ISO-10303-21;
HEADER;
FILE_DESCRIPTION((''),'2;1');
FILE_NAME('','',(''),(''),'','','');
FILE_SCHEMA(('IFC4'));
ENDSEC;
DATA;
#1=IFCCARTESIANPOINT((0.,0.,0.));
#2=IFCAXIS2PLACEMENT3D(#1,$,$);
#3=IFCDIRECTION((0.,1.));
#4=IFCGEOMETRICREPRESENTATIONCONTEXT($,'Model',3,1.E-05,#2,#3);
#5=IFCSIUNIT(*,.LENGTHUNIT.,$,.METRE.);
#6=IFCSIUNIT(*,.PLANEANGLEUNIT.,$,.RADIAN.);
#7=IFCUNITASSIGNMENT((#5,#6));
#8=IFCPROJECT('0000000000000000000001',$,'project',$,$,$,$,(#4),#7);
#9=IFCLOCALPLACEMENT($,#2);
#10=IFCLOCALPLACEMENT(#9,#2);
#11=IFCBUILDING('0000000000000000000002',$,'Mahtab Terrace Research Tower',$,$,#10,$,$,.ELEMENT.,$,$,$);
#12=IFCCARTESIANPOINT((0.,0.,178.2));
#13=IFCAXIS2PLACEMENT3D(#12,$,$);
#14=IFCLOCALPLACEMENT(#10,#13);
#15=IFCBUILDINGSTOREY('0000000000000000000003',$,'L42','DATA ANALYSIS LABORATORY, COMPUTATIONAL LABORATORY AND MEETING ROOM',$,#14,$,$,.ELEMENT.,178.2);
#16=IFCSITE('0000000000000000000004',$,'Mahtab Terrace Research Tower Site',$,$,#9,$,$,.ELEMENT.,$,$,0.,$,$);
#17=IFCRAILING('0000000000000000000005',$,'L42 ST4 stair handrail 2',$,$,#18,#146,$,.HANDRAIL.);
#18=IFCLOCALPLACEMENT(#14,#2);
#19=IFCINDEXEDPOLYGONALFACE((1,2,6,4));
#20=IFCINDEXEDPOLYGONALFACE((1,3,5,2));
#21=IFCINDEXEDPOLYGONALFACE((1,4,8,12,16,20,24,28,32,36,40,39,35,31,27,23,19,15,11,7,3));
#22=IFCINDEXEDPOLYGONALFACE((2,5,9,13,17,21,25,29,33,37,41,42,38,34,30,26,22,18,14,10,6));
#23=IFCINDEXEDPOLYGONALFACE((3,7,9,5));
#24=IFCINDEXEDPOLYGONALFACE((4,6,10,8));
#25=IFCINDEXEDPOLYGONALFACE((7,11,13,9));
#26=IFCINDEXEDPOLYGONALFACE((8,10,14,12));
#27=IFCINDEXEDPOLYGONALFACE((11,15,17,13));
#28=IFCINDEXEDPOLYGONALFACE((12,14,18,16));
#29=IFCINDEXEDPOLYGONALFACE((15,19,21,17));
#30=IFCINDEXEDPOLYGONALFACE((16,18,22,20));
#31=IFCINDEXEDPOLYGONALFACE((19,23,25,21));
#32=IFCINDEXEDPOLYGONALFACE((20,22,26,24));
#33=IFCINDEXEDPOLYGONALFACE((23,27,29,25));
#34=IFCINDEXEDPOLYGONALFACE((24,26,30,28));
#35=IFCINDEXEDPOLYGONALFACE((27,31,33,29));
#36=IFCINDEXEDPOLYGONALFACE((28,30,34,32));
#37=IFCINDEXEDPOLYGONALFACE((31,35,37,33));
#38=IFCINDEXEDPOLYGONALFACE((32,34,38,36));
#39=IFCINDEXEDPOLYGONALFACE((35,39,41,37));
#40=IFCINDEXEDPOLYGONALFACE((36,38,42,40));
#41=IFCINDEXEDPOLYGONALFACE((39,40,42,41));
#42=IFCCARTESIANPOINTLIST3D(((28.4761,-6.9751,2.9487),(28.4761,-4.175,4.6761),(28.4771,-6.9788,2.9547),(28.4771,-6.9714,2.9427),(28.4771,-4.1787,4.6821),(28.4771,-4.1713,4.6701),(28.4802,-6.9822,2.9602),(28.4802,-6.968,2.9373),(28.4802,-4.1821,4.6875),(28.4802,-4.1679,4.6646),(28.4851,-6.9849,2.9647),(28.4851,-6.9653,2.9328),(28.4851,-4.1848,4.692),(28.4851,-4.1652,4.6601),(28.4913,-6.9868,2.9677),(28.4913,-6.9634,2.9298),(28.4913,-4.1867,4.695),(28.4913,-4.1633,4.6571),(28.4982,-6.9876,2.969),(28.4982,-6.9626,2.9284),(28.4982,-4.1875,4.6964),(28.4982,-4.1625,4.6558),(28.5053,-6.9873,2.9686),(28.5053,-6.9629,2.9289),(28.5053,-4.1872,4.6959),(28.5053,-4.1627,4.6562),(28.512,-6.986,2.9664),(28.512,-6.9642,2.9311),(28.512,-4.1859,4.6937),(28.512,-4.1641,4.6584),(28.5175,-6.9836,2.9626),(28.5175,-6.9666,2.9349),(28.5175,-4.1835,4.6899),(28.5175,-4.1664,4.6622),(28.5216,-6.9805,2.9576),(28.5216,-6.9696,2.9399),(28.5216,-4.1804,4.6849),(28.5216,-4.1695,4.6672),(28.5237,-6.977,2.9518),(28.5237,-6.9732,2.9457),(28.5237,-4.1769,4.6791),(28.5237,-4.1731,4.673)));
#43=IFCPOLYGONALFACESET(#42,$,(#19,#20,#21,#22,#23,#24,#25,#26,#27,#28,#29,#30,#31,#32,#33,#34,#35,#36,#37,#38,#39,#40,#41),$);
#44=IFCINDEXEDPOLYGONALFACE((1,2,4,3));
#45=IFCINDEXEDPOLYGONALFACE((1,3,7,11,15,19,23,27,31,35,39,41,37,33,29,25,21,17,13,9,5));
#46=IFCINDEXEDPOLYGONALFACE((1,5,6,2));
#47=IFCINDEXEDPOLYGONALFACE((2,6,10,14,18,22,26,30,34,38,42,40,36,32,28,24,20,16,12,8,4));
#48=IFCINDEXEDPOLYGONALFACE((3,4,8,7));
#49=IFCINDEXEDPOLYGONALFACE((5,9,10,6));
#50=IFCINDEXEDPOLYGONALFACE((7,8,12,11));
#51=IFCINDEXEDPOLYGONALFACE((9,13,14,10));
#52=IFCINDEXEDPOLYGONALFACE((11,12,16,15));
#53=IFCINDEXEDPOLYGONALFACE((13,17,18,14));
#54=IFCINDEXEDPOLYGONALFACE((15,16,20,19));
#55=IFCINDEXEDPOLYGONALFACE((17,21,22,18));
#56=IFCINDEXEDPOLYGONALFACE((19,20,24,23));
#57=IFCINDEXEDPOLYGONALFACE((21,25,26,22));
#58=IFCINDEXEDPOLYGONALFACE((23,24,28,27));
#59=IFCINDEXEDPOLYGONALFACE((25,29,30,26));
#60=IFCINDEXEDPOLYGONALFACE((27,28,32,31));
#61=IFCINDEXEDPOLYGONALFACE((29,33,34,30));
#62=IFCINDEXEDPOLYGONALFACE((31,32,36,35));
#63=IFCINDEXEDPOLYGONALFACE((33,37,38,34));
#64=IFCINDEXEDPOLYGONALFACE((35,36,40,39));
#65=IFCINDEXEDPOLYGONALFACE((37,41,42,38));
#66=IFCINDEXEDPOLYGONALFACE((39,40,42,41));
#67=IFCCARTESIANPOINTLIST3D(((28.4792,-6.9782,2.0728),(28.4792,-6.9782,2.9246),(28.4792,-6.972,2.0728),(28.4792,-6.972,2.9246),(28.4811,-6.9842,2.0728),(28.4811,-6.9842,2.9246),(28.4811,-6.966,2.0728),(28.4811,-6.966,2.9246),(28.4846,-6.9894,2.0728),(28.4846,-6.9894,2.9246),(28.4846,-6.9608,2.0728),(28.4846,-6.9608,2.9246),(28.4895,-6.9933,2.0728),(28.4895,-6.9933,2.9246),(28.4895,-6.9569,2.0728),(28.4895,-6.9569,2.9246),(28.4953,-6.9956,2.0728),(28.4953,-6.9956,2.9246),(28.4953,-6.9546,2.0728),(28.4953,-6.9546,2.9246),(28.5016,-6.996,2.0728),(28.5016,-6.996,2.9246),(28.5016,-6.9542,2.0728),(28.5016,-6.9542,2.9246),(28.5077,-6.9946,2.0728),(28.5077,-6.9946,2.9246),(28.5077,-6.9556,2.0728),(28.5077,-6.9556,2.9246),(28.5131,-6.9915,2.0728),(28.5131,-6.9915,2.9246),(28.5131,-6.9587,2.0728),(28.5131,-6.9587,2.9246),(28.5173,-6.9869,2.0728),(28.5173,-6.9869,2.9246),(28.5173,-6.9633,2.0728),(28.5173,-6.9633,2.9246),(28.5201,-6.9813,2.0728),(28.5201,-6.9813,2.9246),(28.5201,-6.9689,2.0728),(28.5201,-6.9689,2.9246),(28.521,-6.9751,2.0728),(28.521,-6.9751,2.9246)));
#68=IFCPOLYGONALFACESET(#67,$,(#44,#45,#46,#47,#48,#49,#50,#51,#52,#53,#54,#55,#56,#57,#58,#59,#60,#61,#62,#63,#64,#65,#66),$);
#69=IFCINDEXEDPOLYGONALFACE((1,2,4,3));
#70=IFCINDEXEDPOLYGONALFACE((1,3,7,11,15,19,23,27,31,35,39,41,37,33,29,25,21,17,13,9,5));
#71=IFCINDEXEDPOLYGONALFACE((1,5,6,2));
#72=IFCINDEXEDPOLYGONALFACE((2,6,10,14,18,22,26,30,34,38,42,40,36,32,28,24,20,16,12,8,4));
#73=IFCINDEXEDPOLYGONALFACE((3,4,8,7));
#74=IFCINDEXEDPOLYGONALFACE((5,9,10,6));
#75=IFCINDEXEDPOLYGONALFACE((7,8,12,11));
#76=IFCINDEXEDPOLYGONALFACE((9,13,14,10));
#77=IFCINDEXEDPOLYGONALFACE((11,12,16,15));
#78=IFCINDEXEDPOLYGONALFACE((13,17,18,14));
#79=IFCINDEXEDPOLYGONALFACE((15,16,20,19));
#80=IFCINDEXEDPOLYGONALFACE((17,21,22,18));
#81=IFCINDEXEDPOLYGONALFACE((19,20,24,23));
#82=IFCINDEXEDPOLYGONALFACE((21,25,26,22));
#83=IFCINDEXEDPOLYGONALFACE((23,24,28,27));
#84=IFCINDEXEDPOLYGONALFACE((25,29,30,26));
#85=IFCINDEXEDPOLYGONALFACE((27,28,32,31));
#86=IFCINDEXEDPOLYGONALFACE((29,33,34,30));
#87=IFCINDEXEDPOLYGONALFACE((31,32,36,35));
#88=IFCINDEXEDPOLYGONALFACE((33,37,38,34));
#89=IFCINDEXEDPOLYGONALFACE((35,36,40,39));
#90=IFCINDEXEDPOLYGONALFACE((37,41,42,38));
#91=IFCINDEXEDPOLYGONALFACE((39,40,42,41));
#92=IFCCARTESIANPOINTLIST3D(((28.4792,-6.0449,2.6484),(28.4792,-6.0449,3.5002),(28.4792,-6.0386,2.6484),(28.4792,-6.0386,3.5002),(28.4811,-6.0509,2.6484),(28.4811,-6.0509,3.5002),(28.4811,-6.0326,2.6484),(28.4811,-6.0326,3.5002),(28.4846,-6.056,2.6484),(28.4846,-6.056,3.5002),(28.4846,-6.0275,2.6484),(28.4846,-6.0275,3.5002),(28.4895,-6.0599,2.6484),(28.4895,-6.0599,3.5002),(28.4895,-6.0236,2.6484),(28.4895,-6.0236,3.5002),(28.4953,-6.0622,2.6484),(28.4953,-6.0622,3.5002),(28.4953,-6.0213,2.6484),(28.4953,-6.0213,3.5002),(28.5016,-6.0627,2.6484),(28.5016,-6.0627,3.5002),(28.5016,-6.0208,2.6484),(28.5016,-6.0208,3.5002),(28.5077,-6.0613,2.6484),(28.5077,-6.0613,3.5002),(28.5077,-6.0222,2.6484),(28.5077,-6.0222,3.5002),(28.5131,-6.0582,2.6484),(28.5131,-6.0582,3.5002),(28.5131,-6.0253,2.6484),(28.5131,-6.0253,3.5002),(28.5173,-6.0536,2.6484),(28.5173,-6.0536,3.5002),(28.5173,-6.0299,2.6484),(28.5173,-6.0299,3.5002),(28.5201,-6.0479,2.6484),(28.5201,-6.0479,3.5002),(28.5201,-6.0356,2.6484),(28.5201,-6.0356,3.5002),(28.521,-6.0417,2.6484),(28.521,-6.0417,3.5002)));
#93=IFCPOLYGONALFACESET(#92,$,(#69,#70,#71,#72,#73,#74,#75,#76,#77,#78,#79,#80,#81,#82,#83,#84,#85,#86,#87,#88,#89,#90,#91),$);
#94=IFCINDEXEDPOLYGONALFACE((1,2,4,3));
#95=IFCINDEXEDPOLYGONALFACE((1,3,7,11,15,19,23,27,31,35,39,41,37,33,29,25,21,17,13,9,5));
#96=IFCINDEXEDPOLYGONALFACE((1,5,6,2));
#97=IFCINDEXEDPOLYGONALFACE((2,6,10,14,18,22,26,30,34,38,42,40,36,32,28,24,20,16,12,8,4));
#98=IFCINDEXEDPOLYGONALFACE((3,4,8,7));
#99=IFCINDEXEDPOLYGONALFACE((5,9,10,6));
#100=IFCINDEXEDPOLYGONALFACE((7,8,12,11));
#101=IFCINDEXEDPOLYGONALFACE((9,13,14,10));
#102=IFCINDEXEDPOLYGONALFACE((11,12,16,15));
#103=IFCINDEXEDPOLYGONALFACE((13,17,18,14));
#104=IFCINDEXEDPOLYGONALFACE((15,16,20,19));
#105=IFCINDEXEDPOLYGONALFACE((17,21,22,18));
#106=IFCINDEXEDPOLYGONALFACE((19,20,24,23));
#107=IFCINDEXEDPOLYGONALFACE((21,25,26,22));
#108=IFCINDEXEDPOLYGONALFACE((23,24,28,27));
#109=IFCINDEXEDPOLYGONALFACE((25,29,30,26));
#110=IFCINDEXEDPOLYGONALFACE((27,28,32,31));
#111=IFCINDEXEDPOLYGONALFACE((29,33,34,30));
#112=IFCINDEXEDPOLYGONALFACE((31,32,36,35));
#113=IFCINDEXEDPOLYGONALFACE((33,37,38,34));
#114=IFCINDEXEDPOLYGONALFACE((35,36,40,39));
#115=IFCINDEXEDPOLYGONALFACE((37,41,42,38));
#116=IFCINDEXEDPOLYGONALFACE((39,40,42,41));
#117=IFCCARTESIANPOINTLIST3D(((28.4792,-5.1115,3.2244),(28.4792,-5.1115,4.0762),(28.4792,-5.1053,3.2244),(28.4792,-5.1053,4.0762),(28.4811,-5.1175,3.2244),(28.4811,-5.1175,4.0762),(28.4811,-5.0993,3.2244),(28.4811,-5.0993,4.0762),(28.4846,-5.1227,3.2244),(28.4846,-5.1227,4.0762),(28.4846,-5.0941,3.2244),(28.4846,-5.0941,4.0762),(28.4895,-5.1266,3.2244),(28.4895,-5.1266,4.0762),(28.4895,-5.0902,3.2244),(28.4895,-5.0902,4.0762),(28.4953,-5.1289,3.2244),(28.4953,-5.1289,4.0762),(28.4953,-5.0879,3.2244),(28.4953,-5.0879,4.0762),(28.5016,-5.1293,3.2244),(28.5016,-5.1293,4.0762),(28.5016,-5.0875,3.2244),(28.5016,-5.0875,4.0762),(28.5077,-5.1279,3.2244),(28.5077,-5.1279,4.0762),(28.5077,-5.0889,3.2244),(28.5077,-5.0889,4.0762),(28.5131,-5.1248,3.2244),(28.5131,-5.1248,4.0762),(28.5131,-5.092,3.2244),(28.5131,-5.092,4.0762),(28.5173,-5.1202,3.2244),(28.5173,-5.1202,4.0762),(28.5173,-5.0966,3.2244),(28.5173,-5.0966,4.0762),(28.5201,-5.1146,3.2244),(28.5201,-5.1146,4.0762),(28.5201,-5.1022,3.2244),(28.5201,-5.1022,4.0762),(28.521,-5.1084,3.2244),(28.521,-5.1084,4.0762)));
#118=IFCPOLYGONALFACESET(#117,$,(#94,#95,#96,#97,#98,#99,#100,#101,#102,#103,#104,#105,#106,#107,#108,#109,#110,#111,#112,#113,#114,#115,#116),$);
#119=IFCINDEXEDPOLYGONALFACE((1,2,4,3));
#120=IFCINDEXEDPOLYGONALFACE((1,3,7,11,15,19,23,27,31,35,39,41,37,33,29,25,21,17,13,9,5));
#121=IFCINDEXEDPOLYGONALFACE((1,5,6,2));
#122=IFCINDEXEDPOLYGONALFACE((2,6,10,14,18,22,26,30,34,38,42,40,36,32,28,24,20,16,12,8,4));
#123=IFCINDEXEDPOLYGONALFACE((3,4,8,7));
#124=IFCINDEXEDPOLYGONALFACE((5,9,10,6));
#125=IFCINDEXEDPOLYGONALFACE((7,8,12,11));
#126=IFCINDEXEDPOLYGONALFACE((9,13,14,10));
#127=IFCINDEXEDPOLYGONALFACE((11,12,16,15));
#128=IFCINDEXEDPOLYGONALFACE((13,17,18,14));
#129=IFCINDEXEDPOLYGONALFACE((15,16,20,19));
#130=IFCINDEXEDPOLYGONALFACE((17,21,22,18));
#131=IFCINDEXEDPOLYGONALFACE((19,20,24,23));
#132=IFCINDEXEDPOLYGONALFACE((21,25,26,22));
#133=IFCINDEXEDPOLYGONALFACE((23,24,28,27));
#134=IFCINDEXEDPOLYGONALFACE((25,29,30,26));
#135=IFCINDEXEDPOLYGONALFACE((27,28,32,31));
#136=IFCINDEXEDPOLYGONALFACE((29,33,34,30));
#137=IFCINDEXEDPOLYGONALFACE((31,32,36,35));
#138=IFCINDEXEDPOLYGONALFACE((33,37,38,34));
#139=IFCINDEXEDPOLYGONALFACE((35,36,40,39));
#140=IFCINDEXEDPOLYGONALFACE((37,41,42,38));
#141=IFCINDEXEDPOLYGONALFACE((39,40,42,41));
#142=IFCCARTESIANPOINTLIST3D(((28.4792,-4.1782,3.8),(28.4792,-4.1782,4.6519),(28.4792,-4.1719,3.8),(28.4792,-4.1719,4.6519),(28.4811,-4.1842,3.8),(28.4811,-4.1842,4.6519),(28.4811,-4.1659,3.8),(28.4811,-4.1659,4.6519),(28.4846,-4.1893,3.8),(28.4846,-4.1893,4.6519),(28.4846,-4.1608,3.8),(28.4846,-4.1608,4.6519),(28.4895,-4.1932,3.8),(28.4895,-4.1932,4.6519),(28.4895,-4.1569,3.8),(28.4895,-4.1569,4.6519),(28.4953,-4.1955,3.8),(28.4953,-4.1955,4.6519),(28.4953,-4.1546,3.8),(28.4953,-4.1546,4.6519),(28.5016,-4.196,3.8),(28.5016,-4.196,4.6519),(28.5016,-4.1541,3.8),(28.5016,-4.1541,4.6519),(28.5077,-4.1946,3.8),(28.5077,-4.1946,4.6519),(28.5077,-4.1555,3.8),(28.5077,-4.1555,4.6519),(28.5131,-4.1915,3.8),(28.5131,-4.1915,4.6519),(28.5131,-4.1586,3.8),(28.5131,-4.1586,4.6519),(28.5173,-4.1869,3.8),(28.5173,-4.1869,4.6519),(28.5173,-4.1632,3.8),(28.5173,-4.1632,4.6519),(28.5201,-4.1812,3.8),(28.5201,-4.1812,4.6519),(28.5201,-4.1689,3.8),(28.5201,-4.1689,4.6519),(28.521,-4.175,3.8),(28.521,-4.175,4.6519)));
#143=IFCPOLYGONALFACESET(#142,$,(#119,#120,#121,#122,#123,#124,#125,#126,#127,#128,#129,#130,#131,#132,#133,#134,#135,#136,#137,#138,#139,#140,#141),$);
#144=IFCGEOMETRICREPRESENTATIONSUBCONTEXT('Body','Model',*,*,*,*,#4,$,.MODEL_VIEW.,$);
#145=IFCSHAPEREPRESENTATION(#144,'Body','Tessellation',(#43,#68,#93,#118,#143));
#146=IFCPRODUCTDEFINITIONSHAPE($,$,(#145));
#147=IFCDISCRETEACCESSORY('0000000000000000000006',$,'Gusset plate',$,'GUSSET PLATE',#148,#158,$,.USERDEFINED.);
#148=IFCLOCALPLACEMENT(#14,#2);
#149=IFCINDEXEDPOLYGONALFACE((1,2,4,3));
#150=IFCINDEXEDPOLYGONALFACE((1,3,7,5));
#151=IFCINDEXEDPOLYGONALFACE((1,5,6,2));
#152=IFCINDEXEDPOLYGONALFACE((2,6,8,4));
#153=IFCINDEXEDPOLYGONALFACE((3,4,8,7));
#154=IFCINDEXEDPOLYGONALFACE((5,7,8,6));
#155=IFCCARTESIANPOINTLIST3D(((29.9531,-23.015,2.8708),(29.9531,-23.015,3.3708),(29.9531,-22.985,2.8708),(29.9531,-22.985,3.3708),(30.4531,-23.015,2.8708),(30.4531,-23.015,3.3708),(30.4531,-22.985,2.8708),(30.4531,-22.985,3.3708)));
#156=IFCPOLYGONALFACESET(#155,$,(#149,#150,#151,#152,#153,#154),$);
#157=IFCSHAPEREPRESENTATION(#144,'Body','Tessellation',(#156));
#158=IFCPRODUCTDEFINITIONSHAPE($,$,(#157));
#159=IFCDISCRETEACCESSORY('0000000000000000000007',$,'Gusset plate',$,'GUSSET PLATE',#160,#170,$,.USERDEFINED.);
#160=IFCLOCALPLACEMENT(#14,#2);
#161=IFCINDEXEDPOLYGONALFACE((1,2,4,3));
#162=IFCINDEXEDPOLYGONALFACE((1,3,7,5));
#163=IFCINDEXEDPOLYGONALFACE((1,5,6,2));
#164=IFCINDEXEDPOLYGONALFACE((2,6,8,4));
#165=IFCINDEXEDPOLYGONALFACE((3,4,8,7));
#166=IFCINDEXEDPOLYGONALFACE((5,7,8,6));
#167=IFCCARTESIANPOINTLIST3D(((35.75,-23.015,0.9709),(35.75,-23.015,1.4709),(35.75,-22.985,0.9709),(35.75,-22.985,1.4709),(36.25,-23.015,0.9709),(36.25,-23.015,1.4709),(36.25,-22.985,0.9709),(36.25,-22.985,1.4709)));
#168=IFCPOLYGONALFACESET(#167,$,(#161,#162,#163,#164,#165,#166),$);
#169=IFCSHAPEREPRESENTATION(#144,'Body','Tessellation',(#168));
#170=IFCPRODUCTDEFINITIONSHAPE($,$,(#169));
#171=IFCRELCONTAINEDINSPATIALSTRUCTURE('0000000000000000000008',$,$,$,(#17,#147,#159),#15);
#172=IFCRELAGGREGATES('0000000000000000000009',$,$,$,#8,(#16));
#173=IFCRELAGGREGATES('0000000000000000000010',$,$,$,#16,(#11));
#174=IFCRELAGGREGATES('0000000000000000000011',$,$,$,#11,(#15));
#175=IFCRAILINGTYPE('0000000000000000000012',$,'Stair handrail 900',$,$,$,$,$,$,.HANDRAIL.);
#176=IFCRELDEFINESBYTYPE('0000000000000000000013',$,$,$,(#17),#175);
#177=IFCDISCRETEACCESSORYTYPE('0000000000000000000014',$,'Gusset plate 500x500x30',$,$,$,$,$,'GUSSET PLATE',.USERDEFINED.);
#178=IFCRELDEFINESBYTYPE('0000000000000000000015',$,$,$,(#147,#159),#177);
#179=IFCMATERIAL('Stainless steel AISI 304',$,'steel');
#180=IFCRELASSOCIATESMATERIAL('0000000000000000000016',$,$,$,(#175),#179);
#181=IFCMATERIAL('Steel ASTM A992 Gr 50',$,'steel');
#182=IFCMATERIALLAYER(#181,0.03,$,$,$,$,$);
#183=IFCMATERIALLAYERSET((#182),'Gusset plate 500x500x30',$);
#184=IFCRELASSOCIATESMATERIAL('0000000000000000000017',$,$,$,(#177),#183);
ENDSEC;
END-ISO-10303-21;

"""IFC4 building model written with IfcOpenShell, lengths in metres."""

from ifc_helpers import new_model, si_unit, direction, frame, origin, origin_2d, place, context, subcontext, project, spatial, rectangle, circle, extrude, material, layer, layer_set, type_object, element, save


model = new_model("IFC4")

# Units and contexts
model_context = context("Model", 3, precision=1e-05, world=origin(), true_north=direction((0.0, 1.0)))
body_context = subcontext(model_context, "Body", "Model", "MODEL_VIEW")
ifc_project = project(units=[si_unit("LENGTHUNIT", "METRE"), si_unit("PLANEANGLEUNIT", "RADIAN")], contexts=[model_context])

# Site, building, storey
site_placement = place(None, origin())
site = spatial("IfcSite", under=ifc_project, at=site_placement, Name="Mahtab Terrace Research Tower Site", CompositionType="ELEMENT", RefElevation=0.0)
building_placement = place(site_placement, origin())
building = spatial("IfcBuilding", under=site, at=building_placement, Name="Mahtab Terrace Research Tower", CompositionType="ELEMENT")
storey_placement = place(building_placement, frame((0.0, 0.0, 178.2)))
storey = spatial("IfcBuildingStorey", under=building, at=storey_placement, Name="L42", Description="DATA ANALYSIS LABORATORY, COMPUTATIONAL LABORATORY AND MEETING ROOM", CompositionType="ELEMENT", Elevation=178.2)

# Shared definitions
ifc_material_1 = material(Name="Steel ASTM A992 Gr 50", Category="steel")

# Railing
ifc_material_2 = material(Name="Stainless steel AISI 304", Category="steel")
railing_type_1 = type_object("IfcRailingType", Name="Stair handrail 900", PredefinedType="HANDRAIL", material=ifc_material_2)
railing_1_placement = place(storey_placement, frame((28.5, -6.9751, 2.0728)))
element("IfcRailing", 1, at=railing_1_placement, inside=storey, type_object=railing_type_1, Name="L42 ST4 stair handrail 2", PredefinedType="HANDRAIL", context=body_context, shape_type="SweptSolid", body=[
    extrude(circle(Radius=0.0239, at=origin_2d()), frame((0.0, 0.0, 0.876), z_axis=(0.0, 0.85109, 0.52502), x_axis=(-1.0, 0.0, 0.0)), (0.0, 0.0, 1.0), 3.29),
    extrude(circle(Radius=0.021, at=origin_2d()), origin(), (0.0, 0.0, 1.0), 0.8518),
    extrude(circle(Radius=0.021, at=origin_2d()), frame((0.0, 0.9333, 0.5757)), (0.0, 0.0, 1.0), 0.8518),
    extrude(circle(Radius=0.021, at=origin_2d()), frame((0.0, 1.8667, 1.1516)), (0.0, 0.0, 1.0), 0.8518),
    extrude(circle(Radius=0.021, at=origin_2d()), frame((0.0, 2.8, 1.7273)), (0.0, 0.0, 1.0), 0.8518),
])

# Discrete accessories
ifc_layer_1 = layer(ifc_material_1, 0.03)
ifc_layer_set_1 = layer_set([ifc_layer_1], Name="Gusset plate 500x500x30")
discrete_accessory_type = type_object("IfcDiscreteAccessoryType", Name="Gusset plate 500x500x30", ElementType="GUSSET PLATE", PredefinedType="USERDEFINED", material=ifc_layer_set_1)
for number, where, z_axis, x_axis, name in (
    (2, (30.2031, -23.0, 2.8708), (0.0, 0.0, 1.0), (1.0, 0.0, 0.0), "Gusset plate"),
    (3, (36.0, -23.0, 0.9709), (0.0, 0.0, 1.0), (1.0, 0.0, 0.0), "Gusset plate"),
):
    element("IfcDiscreteAccessory", number, at=place(storey_placement, frame(where, z_axis=z_axis, x_axis=x_axis)), inside=storey, type_object=discrete_accessory_type, Name=name, ObjectType="GUSSET PLATE", PredefinedType="USERDEFINED", context=body_context, shape_type="SweptSolid", body=[
        extrude(rectangle(XDim=0.5, YDim=0.03, at=origin_2d()), origin(), (0.0, 0.0, 1.0), 0.5),
    ])

save(model, "model.ifc")
